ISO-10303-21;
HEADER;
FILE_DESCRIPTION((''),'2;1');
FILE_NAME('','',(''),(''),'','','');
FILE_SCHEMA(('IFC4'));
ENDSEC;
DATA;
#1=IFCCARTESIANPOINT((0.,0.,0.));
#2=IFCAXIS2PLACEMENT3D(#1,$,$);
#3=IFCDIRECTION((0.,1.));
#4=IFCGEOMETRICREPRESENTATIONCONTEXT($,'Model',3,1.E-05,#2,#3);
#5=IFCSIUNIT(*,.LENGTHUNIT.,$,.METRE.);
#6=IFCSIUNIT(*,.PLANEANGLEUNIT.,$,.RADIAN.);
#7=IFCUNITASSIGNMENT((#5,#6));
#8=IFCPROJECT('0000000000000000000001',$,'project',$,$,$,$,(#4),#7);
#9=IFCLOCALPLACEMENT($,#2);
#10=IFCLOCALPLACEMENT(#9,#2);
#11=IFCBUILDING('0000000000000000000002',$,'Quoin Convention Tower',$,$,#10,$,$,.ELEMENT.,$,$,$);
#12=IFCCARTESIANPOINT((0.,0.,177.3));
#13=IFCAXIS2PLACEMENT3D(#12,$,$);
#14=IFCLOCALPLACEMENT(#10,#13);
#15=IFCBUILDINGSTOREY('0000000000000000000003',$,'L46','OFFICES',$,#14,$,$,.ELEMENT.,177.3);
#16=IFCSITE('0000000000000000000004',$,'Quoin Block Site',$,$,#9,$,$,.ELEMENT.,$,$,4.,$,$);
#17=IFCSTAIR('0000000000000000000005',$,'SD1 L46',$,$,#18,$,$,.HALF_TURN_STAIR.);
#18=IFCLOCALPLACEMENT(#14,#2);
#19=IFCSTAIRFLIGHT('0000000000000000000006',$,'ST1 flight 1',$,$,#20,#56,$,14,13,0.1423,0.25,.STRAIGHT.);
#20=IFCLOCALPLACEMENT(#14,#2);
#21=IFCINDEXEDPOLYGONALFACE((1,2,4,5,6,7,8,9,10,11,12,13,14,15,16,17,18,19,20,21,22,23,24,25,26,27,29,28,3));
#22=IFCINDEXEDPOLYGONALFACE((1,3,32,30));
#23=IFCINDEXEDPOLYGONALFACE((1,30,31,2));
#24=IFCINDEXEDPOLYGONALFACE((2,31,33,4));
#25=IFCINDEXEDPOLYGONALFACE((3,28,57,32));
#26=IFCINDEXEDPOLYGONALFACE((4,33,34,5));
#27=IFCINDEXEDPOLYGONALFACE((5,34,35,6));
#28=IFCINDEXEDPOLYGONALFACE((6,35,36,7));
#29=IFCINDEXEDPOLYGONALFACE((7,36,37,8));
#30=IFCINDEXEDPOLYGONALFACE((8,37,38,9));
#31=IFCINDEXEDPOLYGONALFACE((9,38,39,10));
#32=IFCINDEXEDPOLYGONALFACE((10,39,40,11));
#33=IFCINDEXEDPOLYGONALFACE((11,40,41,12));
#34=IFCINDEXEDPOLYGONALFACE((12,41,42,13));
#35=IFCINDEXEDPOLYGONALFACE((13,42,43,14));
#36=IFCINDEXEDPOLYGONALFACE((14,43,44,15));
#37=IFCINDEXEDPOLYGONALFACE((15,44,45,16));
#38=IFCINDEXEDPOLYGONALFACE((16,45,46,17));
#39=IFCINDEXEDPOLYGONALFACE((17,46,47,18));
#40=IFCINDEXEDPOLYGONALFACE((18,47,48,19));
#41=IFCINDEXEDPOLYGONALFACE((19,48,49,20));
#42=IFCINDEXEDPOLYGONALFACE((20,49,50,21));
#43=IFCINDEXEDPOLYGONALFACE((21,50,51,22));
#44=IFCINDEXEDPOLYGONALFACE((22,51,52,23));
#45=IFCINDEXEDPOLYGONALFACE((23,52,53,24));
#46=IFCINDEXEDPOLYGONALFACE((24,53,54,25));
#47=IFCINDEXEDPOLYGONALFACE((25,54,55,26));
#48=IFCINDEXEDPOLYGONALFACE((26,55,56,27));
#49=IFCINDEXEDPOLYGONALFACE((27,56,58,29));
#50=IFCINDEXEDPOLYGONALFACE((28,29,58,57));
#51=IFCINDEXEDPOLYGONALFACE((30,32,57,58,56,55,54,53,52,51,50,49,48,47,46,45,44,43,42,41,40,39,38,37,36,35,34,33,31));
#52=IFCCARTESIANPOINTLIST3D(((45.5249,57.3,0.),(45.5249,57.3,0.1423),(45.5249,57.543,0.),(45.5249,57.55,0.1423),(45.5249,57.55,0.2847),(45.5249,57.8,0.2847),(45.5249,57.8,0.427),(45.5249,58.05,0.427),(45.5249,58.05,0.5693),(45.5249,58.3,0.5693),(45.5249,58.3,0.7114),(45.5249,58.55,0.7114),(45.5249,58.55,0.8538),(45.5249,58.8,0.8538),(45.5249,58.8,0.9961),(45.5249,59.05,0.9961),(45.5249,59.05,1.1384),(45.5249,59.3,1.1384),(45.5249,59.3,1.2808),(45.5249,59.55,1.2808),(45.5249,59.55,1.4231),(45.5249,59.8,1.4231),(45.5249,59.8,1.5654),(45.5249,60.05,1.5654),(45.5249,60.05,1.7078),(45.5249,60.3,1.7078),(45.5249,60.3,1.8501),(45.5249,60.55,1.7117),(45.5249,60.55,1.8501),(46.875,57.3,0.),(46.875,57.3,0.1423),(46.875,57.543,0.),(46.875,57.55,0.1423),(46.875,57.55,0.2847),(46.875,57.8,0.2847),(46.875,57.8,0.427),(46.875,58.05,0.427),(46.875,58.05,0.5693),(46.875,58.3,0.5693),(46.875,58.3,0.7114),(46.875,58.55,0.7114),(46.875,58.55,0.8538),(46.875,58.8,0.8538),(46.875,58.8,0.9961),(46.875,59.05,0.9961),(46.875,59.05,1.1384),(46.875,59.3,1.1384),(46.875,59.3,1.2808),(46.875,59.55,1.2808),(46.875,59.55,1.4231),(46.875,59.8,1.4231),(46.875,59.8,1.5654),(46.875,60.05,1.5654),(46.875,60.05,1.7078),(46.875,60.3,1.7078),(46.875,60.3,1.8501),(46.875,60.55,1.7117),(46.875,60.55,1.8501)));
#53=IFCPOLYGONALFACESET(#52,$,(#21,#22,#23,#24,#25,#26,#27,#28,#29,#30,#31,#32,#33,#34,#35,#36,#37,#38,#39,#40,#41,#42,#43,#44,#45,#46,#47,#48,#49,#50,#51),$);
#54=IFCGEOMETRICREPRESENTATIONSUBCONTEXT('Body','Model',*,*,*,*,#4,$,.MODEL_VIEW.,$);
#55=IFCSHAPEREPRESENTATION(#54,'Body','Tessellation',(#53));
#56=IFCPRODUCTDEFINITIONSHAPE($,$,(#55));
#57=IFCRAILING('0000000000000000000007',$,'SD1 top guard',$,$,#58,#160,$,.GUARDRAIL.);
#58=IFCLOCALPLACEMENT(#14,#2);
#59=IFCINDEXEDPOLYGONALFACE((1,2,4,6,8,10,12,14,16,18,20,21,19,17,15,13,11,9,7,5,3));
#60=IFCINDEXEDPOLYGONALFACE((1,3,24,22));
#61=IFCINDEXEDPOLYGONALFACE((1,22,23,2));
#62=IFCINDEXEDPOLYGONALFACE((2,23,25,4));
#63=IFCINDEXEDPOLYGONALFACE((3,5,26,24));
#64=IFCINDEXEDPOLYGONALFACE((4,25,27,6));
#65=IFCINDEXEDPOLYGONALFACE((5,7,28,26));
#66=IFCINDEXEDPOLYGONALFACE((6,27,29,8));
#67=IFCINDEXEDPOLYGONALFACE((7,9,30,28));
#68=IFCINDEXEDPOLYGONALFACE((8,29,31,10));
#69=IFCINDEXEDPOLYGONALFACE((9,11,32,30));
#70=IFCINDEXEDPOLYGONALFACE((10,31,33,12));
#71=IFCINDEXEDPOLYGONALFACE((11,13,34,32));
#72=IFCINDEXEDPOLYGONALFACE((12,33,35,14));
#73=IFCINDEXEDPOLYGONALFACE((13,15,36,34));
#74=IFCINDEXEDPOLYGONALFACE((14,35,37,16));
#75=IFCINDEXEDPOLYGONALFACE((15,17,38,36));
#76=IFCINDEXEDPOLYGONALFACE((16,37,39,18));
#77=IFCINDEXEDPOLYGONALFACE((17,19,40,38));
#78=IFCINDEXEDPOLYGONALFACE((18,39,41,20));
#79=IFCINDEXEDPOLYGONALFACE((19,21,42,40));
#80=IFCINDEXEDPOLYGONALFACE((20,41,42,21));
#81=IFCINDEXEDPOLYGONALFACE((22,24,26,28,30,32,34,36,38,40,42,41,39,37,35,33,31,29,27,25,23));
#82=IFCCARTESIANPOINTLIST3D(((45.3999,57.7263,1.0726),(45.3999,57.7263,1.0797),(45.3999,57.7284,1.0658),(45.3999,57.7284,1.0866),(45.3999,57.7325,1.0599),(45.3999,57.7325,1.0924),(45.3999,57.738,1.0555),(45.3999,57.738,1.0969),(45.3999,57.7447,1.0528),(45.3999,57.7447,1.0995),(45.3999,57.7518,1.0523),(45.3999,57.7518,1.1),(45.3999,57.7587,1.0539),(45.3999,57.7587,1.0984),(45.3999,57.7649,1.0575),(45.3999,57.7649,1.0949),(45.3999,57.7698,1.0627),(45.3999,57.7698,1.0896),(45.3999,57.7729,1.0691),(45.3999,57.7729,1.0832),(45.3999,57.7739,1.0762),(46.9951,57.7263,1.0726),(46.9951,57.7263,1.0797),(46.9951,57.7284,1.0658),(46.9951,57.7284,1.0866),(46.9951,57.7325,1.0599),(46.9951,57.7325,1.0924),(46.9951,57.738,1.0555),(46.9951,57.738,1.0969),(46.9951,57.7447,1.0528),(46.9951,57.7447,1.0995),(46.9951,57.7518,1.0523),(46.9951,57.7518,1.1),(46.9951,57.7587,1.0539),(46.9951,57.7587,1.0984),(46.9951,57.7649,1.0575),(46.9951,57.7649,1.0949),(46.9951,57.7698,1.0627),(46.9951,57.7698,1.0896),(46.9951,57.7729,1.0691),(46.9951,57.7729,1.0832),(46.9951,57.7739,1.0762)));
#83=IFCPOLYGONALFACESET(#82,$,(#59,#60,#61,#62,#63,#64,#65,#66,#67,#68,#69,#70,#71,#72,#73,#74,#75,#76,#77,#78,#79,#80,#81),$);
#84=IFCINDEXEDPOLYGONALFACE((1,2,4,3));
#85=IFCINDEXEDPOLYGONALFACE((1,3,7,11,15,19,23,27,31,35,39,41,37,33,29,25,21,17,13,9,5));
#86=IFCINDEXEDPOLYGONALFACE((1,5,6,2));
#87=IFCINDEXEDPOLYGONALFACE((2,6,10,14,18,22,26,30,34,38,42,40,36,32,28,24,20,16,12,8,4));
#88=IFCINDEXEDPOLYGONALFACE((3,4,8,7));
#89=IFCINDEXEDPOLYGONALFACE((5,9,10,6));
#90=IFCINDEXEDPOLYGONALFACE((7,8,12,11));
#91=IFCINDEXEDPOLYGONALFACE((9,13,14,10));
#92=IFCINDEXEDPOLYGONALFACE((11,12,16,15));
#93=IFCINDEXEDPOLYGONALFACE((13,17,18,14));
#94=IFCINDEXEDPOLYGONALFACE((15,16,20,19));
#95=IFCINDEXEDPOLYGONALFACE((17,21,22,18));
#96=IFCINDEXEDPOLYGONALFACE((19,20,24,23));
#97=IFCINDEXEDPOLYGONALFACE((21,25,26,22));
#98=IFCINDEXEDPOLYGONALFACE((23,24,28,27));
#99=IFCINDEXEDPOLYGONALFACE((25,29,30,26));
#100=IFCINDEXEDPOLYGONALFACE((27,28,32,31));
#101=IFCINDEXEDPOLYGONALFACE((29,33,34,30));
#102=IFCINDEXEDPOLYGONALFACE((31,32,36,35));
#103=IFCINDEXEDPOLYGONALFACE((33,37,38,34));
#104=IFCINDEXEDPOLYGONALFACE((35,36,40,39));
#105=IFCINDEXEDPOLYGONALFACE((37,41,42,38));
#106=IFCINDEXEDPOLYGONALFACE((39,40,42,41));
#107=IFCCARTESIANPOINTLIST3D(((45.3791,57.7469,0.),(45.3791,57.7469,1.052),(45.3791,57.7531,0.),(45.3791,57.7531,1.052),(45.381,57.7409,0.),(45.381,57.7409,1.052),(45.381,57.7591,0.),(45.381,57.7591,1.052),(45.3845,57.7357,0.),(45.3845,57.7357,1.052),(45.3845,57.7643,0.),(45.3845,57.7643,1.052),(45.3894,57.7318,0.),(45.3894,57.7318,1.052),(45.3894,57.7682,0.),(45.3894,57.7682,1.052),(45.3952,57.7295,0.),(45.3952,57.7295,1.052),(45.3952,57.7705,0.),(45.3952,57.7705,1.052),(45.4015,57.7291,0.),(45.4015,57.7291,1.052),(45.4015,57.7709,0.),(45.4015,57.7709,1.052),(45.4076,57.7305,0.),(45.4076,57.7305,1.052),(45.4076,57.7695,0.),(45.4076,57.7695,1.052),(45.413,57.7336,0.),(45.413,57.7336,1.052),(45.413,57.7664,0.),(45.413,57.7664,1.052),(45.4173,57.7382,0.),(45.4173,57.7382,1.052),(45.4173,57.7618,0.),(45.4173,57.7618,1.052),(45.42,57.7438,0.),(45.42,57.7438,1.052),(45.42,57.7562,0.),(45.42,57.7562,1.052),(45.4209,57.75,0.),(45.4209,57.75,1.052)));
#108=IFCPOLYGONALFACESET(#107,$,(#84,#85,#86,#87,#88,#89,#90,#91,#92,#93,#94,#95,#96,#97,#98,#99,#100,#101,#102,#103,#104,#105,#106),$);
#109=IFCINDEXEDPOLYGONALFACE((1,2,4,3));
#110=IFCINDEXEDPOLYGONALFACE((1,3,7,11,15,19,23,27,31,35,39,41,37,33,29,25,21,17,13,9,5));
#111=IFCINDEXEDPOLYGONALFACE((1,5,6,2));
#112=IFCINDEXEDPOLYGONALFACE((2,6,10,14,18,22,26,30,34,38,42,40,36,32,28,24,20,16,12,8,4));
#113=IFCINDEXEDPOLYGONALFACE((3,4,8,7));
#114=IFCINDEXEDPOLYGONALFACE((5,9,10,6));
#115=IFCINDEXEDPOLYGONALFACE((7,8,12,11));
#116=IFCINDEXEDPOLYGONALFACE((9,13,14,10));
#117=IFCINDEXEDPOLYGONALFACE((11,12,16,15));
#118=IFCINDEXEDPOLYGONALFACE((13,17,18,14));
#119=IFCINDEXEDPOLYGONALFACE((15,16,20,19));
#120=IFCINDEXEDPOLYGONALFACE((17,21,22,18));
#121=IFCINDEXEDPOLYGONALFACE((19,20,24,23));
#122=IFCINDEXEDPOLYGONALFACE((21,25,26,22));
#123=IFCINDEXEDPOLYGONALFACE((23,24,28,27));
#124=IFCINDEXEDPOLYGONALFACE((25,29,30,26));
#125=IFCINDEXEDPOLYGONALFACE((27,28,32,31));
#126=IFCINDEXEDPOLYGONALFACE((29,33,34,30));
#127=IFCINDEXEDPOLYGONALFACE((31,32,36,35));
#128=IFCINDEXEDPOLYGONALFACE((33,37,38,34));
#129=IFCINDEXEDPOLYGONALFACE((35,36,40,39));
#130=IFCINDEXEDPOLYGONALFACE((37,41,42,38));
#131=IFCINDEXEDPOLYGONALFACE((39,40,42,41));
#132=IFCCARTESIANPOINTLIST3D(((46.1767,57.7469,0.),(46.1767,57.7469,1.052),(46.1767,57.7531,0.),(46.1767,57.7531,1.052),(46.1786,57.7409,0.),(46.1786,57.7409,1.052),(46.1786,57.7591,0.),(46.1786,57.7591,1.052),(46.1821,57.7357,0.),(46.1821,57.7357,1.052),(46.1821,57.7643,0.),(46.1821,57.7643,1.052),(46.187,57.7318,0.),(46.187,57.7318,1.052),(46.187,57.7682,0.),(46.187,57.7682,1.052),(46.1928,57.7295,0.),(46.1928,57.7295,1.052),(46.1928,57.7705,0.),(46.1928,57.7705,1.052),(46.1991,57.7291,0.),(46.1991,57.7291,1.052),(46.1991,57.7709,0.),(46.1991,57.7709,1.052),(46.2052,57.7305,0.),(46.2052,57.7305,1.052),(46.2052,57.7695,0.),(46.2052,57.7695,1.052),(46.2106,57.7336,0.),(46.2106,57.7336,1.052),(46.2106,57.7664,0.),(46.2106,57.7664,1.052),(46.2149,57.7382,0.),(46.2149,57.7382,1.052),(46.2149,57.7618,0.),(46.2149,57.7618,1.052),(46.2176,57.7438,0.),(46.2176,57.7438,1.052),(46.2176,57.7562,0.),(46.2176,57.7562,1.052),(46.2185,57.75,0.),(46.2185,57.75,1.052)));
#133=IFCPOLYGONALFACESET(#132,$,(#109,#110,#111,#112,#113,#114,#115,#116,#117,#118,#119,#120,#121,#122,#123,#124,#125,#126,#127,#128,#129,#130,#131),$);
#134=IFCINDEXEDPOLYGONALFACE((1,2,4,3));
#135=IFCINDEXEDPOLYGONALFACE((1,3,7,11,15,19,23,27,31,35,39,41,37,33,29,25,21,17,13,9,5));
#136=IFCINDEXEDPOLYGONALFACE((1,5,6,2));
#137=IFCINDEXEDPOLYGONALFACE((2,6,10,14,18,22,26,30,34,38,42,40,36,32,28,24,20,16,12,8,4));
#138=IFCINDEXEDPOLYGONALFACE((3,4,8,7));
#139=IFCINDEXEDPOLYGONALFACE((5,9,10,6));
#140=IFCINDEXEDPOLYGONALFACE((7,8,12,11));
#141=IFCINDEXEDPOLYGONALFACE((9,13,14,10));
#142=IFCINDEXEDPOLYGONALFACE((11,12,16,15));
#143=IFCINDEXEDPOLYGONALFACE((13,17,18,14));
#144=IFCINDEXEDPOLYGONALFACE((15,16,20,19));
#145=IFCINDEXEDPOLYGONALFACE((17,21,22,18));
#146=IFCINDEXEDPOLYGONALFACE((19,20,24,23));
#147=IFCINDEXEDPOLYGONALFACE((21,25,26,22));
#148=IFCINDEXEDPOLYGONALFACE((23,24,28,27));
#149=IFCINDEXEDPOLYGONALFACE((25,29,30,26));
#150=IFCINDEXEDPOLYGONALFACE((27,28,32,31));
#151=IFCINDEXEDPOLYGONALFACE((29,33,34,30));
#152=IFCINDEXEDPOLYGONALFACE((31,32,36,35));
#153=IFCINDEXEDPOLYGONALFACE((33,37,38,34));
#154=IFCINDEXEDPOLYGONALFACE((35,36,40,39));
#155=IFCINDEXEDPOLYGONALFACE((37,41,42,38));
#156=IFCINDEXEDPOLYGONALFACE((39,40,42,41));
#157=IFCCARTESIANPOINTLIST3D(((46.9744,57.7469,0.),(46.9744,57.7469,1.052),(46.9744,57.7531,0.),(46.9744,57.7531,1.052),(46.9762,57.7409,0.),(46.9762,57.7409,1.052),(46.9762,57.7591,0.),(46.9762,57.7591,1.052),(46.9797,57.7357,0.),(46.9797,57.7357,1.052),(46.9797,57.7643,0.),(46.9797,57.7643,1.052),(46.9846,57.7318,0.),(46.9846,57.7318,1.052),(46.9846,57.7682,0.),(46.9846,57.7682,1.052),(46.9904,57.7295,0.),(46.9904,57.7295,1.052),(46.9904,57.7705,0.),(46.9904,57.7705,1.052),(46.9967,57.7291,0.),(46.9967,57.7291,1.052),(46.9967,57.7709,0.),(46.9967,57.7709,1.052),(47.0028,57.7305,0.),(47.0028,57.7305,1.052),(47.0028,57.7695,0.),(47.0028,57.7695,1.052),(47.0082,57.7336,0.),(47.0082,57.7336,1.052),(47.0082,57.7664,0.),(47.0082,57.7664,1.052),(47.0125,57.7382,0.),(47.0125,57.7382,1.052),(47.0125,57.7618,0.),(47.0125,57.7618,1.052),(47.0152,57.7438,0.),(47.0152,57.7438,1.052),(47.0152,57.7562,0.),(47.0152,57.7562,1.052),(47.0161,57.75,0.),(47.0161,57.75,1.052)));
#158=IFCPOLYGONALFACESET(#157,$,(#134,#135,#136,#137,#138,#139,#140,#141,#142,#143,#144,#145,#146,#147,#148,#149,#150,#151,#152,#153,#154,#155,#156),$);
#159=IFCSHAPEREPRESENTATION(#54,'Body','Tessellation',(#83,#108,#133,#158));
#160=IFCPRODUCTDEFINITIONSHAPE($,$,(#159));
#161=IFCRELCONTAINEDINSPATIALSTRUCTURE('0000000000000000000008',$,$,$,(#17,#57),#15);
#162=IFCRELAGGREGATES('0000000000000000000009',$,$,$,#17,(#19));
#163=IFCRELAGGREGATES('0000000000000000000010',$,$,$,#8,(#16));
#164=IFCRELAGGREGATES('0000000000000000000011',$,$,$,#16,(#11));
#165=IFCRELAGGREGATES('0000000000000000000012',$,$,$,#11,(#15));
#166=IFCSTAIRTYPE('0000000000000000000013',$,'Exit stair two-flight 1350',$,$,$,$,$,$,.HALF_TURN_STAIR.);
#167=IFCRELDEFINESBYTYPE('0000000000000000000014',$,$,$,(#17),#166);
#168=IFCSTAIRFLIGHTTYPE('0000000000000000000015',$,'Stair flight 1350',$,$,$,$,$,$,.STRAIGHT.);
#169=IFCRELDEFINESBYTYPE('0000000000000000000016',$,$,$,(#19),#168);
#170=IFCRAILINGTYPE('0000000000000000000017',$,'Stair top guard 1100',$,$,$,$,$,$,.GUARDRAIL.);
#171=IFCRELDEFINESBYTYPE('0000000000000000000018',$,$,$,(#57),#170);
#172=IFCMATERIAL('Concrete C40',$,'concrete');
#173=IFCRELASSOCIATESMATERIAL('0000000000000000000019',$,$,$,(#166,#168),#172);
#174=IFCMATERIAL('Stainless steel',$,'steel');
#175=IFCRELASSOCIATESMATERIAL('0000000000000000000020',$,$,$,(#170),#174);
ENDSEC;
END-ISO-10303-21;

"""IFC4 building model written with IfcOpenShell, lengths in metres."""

from ifc_helpers import new_model, si_unit, direction, frame, origin, origin_2d, place, context, subcontext, project, spatial, polyline, circle, outline, extrude, material, type_object, element, aggregate, save


model = new_model("IFC4")

# Units and contexts
model_context = context("Model", 3, precision=1e-05, world=origin(), true_north=direction((0.0, 1.0)))
body_context = subcontext(model_context, "Body", "Model", "MODEL_VIEW")
ifc_project = project(units=[si_unit("LENGTHUNIT", "METRE"), si_unit("PLANEANGLEUNIT", "RADIAN")], contexts=[model_context])

# Site, building, storey
site_placement = place(None, origin())
site = spatial("IfcSite", under=ifc_project, at=site_placement, Name="Quoin Block Site", CompositionType="ELEMENT", RefElevation=4.0)
building_placement = place(site_placement, origin())
building = spatial("IfcBuilding", under=site, at=building_placement, Name="Quoin Convention Tower", CompositionType="ELEMENT")
storey_placement = place(building_placement, frame((0.0, 0.0, 177.3)))
storey = spatial("IfcBuildingStorey", under=building, at=storey_placement, Name="L46", Description="OFFICES", CompositionType="ELEMENT", Elevation=177.3)

# Stair, stair flight
ifc_material_1 = material(Name="Concrete C40", Category="concrete")
stair_type = type_object("IfcStairType", Name="Exit stair two-flight 1350", PredefinedType="HALF_TURN_STAIR", material=ifc_material_1)
stair_placement = place(storey_placement, origin())
stair = element("IfcStair", 1, at=stair_placement, inside=storey, type_object=stair_type, Name="SD1 L46", PredefinedType="HALF_TURN_STAIR")
stair_flight_type = type_object("IfcStairFlightType", Name="Stair flight 1350", PredefinedType="STRAIGHT", material=ifc_material_1)
stair_flight_placement = place(storey_placement, frame((46.2, 57.3, 0.0), z_axis=(0.0, 0.0, 1.0), x_axis=(0.0, 1.0, 0.0)))
stair_flight = element("IfcStairFlight", 2, at=stair_flight_placement, type_object=stair_flight_type, Name="ST1 flight 1", NumberOfRisers=14, NumberOfTreads=13, PredefinedType="STRAIGHT", RiserHeight=0.1423, TreadLength=0.25, context=body_context, shape_type="SweptSolid", body=[
    extrude(outline(polyline([(0.0, 0.0), (0.0, 0.1423), (0.25, 0.1423), (0.25, 0.2847), (0.5, 0.2847), (0.5, 0.427), (0.75, 0.427), (0.75, 0.5693), (1.0, 0.5693), (1.0, 0.7114), (1.25, 0.7114), (1.25, 0.8538), (1.5, 0.8538), (1.5, 0.9961), (1.75, 0.9961), (1.75, 1.1384), (2.0, 1.1384), (2.0, 1.2808), (2.25, 1.2808), (2.25, 1.4231), (2.5, 1.4231), (2.5, 1.5654), (2.75, 1.5654), (2.75, 1.7078), (3.0, 1.7078), (3.0, 1.8501), (3.25, 1.8501), (3.25, 1.9922), (3.25, 1.7117), (0.2429, 0.0), (0.0, 0.0)])), frame((0.0, 0.675, 0.0), z_axis=(0.0, -1.0, 0.0), x_axis=(1.0, 0.0, 0.0)), (0.0, 0.0, 1.0), 1.3501),
])
aggregate(stair, [stair_flight])

# Railing
ifc_material_2 = material(Name="Stainless steel", Category="steel")
railing_type_1 = type_object("IfcRailingType", Name="Stair top guard 1100", PredefinedType="GUARDRAIL", material=ifc_material_2)
railing_1_placement = place(storey_placement, frame((45.3999, 57.75, 0.0)))
element("IfcRailing", 3, at=railing_1_placement, inside=storey, type_object=railing_type_1, Name="SD1 top guard", PredefinedType="GUARDRAIL", context=body_context, shape_type="SweptSolid", body=[
    extrude(circle(Radius=0.0239, at=origin_2d()), frame((0.0, 0.0, 1.0762), z_axis=(1.0, 0.0, 0.0), x_axis=(0.0, 1.0, 0.0)), (0.0, 0.0, 1.0), 1.5952),
    extrude(circle(Radius=0.021, at=origin_2d()), origin(), (0.0, 0.0, 1.0), 1.052),
    extrude(circle(Radius=0.021, at=origin_2d()), frame((0.7976, 0.0, 0.0)), (0.0, 0.0, 1.0), 1.052),
    extrude(circle(Radius=0.021, at=origin_2d()), frame((1.5952, 0.0, 0.0)), (0.0, 0.0, 1.0), 1.052),
])

save(model, "model.ifc")
